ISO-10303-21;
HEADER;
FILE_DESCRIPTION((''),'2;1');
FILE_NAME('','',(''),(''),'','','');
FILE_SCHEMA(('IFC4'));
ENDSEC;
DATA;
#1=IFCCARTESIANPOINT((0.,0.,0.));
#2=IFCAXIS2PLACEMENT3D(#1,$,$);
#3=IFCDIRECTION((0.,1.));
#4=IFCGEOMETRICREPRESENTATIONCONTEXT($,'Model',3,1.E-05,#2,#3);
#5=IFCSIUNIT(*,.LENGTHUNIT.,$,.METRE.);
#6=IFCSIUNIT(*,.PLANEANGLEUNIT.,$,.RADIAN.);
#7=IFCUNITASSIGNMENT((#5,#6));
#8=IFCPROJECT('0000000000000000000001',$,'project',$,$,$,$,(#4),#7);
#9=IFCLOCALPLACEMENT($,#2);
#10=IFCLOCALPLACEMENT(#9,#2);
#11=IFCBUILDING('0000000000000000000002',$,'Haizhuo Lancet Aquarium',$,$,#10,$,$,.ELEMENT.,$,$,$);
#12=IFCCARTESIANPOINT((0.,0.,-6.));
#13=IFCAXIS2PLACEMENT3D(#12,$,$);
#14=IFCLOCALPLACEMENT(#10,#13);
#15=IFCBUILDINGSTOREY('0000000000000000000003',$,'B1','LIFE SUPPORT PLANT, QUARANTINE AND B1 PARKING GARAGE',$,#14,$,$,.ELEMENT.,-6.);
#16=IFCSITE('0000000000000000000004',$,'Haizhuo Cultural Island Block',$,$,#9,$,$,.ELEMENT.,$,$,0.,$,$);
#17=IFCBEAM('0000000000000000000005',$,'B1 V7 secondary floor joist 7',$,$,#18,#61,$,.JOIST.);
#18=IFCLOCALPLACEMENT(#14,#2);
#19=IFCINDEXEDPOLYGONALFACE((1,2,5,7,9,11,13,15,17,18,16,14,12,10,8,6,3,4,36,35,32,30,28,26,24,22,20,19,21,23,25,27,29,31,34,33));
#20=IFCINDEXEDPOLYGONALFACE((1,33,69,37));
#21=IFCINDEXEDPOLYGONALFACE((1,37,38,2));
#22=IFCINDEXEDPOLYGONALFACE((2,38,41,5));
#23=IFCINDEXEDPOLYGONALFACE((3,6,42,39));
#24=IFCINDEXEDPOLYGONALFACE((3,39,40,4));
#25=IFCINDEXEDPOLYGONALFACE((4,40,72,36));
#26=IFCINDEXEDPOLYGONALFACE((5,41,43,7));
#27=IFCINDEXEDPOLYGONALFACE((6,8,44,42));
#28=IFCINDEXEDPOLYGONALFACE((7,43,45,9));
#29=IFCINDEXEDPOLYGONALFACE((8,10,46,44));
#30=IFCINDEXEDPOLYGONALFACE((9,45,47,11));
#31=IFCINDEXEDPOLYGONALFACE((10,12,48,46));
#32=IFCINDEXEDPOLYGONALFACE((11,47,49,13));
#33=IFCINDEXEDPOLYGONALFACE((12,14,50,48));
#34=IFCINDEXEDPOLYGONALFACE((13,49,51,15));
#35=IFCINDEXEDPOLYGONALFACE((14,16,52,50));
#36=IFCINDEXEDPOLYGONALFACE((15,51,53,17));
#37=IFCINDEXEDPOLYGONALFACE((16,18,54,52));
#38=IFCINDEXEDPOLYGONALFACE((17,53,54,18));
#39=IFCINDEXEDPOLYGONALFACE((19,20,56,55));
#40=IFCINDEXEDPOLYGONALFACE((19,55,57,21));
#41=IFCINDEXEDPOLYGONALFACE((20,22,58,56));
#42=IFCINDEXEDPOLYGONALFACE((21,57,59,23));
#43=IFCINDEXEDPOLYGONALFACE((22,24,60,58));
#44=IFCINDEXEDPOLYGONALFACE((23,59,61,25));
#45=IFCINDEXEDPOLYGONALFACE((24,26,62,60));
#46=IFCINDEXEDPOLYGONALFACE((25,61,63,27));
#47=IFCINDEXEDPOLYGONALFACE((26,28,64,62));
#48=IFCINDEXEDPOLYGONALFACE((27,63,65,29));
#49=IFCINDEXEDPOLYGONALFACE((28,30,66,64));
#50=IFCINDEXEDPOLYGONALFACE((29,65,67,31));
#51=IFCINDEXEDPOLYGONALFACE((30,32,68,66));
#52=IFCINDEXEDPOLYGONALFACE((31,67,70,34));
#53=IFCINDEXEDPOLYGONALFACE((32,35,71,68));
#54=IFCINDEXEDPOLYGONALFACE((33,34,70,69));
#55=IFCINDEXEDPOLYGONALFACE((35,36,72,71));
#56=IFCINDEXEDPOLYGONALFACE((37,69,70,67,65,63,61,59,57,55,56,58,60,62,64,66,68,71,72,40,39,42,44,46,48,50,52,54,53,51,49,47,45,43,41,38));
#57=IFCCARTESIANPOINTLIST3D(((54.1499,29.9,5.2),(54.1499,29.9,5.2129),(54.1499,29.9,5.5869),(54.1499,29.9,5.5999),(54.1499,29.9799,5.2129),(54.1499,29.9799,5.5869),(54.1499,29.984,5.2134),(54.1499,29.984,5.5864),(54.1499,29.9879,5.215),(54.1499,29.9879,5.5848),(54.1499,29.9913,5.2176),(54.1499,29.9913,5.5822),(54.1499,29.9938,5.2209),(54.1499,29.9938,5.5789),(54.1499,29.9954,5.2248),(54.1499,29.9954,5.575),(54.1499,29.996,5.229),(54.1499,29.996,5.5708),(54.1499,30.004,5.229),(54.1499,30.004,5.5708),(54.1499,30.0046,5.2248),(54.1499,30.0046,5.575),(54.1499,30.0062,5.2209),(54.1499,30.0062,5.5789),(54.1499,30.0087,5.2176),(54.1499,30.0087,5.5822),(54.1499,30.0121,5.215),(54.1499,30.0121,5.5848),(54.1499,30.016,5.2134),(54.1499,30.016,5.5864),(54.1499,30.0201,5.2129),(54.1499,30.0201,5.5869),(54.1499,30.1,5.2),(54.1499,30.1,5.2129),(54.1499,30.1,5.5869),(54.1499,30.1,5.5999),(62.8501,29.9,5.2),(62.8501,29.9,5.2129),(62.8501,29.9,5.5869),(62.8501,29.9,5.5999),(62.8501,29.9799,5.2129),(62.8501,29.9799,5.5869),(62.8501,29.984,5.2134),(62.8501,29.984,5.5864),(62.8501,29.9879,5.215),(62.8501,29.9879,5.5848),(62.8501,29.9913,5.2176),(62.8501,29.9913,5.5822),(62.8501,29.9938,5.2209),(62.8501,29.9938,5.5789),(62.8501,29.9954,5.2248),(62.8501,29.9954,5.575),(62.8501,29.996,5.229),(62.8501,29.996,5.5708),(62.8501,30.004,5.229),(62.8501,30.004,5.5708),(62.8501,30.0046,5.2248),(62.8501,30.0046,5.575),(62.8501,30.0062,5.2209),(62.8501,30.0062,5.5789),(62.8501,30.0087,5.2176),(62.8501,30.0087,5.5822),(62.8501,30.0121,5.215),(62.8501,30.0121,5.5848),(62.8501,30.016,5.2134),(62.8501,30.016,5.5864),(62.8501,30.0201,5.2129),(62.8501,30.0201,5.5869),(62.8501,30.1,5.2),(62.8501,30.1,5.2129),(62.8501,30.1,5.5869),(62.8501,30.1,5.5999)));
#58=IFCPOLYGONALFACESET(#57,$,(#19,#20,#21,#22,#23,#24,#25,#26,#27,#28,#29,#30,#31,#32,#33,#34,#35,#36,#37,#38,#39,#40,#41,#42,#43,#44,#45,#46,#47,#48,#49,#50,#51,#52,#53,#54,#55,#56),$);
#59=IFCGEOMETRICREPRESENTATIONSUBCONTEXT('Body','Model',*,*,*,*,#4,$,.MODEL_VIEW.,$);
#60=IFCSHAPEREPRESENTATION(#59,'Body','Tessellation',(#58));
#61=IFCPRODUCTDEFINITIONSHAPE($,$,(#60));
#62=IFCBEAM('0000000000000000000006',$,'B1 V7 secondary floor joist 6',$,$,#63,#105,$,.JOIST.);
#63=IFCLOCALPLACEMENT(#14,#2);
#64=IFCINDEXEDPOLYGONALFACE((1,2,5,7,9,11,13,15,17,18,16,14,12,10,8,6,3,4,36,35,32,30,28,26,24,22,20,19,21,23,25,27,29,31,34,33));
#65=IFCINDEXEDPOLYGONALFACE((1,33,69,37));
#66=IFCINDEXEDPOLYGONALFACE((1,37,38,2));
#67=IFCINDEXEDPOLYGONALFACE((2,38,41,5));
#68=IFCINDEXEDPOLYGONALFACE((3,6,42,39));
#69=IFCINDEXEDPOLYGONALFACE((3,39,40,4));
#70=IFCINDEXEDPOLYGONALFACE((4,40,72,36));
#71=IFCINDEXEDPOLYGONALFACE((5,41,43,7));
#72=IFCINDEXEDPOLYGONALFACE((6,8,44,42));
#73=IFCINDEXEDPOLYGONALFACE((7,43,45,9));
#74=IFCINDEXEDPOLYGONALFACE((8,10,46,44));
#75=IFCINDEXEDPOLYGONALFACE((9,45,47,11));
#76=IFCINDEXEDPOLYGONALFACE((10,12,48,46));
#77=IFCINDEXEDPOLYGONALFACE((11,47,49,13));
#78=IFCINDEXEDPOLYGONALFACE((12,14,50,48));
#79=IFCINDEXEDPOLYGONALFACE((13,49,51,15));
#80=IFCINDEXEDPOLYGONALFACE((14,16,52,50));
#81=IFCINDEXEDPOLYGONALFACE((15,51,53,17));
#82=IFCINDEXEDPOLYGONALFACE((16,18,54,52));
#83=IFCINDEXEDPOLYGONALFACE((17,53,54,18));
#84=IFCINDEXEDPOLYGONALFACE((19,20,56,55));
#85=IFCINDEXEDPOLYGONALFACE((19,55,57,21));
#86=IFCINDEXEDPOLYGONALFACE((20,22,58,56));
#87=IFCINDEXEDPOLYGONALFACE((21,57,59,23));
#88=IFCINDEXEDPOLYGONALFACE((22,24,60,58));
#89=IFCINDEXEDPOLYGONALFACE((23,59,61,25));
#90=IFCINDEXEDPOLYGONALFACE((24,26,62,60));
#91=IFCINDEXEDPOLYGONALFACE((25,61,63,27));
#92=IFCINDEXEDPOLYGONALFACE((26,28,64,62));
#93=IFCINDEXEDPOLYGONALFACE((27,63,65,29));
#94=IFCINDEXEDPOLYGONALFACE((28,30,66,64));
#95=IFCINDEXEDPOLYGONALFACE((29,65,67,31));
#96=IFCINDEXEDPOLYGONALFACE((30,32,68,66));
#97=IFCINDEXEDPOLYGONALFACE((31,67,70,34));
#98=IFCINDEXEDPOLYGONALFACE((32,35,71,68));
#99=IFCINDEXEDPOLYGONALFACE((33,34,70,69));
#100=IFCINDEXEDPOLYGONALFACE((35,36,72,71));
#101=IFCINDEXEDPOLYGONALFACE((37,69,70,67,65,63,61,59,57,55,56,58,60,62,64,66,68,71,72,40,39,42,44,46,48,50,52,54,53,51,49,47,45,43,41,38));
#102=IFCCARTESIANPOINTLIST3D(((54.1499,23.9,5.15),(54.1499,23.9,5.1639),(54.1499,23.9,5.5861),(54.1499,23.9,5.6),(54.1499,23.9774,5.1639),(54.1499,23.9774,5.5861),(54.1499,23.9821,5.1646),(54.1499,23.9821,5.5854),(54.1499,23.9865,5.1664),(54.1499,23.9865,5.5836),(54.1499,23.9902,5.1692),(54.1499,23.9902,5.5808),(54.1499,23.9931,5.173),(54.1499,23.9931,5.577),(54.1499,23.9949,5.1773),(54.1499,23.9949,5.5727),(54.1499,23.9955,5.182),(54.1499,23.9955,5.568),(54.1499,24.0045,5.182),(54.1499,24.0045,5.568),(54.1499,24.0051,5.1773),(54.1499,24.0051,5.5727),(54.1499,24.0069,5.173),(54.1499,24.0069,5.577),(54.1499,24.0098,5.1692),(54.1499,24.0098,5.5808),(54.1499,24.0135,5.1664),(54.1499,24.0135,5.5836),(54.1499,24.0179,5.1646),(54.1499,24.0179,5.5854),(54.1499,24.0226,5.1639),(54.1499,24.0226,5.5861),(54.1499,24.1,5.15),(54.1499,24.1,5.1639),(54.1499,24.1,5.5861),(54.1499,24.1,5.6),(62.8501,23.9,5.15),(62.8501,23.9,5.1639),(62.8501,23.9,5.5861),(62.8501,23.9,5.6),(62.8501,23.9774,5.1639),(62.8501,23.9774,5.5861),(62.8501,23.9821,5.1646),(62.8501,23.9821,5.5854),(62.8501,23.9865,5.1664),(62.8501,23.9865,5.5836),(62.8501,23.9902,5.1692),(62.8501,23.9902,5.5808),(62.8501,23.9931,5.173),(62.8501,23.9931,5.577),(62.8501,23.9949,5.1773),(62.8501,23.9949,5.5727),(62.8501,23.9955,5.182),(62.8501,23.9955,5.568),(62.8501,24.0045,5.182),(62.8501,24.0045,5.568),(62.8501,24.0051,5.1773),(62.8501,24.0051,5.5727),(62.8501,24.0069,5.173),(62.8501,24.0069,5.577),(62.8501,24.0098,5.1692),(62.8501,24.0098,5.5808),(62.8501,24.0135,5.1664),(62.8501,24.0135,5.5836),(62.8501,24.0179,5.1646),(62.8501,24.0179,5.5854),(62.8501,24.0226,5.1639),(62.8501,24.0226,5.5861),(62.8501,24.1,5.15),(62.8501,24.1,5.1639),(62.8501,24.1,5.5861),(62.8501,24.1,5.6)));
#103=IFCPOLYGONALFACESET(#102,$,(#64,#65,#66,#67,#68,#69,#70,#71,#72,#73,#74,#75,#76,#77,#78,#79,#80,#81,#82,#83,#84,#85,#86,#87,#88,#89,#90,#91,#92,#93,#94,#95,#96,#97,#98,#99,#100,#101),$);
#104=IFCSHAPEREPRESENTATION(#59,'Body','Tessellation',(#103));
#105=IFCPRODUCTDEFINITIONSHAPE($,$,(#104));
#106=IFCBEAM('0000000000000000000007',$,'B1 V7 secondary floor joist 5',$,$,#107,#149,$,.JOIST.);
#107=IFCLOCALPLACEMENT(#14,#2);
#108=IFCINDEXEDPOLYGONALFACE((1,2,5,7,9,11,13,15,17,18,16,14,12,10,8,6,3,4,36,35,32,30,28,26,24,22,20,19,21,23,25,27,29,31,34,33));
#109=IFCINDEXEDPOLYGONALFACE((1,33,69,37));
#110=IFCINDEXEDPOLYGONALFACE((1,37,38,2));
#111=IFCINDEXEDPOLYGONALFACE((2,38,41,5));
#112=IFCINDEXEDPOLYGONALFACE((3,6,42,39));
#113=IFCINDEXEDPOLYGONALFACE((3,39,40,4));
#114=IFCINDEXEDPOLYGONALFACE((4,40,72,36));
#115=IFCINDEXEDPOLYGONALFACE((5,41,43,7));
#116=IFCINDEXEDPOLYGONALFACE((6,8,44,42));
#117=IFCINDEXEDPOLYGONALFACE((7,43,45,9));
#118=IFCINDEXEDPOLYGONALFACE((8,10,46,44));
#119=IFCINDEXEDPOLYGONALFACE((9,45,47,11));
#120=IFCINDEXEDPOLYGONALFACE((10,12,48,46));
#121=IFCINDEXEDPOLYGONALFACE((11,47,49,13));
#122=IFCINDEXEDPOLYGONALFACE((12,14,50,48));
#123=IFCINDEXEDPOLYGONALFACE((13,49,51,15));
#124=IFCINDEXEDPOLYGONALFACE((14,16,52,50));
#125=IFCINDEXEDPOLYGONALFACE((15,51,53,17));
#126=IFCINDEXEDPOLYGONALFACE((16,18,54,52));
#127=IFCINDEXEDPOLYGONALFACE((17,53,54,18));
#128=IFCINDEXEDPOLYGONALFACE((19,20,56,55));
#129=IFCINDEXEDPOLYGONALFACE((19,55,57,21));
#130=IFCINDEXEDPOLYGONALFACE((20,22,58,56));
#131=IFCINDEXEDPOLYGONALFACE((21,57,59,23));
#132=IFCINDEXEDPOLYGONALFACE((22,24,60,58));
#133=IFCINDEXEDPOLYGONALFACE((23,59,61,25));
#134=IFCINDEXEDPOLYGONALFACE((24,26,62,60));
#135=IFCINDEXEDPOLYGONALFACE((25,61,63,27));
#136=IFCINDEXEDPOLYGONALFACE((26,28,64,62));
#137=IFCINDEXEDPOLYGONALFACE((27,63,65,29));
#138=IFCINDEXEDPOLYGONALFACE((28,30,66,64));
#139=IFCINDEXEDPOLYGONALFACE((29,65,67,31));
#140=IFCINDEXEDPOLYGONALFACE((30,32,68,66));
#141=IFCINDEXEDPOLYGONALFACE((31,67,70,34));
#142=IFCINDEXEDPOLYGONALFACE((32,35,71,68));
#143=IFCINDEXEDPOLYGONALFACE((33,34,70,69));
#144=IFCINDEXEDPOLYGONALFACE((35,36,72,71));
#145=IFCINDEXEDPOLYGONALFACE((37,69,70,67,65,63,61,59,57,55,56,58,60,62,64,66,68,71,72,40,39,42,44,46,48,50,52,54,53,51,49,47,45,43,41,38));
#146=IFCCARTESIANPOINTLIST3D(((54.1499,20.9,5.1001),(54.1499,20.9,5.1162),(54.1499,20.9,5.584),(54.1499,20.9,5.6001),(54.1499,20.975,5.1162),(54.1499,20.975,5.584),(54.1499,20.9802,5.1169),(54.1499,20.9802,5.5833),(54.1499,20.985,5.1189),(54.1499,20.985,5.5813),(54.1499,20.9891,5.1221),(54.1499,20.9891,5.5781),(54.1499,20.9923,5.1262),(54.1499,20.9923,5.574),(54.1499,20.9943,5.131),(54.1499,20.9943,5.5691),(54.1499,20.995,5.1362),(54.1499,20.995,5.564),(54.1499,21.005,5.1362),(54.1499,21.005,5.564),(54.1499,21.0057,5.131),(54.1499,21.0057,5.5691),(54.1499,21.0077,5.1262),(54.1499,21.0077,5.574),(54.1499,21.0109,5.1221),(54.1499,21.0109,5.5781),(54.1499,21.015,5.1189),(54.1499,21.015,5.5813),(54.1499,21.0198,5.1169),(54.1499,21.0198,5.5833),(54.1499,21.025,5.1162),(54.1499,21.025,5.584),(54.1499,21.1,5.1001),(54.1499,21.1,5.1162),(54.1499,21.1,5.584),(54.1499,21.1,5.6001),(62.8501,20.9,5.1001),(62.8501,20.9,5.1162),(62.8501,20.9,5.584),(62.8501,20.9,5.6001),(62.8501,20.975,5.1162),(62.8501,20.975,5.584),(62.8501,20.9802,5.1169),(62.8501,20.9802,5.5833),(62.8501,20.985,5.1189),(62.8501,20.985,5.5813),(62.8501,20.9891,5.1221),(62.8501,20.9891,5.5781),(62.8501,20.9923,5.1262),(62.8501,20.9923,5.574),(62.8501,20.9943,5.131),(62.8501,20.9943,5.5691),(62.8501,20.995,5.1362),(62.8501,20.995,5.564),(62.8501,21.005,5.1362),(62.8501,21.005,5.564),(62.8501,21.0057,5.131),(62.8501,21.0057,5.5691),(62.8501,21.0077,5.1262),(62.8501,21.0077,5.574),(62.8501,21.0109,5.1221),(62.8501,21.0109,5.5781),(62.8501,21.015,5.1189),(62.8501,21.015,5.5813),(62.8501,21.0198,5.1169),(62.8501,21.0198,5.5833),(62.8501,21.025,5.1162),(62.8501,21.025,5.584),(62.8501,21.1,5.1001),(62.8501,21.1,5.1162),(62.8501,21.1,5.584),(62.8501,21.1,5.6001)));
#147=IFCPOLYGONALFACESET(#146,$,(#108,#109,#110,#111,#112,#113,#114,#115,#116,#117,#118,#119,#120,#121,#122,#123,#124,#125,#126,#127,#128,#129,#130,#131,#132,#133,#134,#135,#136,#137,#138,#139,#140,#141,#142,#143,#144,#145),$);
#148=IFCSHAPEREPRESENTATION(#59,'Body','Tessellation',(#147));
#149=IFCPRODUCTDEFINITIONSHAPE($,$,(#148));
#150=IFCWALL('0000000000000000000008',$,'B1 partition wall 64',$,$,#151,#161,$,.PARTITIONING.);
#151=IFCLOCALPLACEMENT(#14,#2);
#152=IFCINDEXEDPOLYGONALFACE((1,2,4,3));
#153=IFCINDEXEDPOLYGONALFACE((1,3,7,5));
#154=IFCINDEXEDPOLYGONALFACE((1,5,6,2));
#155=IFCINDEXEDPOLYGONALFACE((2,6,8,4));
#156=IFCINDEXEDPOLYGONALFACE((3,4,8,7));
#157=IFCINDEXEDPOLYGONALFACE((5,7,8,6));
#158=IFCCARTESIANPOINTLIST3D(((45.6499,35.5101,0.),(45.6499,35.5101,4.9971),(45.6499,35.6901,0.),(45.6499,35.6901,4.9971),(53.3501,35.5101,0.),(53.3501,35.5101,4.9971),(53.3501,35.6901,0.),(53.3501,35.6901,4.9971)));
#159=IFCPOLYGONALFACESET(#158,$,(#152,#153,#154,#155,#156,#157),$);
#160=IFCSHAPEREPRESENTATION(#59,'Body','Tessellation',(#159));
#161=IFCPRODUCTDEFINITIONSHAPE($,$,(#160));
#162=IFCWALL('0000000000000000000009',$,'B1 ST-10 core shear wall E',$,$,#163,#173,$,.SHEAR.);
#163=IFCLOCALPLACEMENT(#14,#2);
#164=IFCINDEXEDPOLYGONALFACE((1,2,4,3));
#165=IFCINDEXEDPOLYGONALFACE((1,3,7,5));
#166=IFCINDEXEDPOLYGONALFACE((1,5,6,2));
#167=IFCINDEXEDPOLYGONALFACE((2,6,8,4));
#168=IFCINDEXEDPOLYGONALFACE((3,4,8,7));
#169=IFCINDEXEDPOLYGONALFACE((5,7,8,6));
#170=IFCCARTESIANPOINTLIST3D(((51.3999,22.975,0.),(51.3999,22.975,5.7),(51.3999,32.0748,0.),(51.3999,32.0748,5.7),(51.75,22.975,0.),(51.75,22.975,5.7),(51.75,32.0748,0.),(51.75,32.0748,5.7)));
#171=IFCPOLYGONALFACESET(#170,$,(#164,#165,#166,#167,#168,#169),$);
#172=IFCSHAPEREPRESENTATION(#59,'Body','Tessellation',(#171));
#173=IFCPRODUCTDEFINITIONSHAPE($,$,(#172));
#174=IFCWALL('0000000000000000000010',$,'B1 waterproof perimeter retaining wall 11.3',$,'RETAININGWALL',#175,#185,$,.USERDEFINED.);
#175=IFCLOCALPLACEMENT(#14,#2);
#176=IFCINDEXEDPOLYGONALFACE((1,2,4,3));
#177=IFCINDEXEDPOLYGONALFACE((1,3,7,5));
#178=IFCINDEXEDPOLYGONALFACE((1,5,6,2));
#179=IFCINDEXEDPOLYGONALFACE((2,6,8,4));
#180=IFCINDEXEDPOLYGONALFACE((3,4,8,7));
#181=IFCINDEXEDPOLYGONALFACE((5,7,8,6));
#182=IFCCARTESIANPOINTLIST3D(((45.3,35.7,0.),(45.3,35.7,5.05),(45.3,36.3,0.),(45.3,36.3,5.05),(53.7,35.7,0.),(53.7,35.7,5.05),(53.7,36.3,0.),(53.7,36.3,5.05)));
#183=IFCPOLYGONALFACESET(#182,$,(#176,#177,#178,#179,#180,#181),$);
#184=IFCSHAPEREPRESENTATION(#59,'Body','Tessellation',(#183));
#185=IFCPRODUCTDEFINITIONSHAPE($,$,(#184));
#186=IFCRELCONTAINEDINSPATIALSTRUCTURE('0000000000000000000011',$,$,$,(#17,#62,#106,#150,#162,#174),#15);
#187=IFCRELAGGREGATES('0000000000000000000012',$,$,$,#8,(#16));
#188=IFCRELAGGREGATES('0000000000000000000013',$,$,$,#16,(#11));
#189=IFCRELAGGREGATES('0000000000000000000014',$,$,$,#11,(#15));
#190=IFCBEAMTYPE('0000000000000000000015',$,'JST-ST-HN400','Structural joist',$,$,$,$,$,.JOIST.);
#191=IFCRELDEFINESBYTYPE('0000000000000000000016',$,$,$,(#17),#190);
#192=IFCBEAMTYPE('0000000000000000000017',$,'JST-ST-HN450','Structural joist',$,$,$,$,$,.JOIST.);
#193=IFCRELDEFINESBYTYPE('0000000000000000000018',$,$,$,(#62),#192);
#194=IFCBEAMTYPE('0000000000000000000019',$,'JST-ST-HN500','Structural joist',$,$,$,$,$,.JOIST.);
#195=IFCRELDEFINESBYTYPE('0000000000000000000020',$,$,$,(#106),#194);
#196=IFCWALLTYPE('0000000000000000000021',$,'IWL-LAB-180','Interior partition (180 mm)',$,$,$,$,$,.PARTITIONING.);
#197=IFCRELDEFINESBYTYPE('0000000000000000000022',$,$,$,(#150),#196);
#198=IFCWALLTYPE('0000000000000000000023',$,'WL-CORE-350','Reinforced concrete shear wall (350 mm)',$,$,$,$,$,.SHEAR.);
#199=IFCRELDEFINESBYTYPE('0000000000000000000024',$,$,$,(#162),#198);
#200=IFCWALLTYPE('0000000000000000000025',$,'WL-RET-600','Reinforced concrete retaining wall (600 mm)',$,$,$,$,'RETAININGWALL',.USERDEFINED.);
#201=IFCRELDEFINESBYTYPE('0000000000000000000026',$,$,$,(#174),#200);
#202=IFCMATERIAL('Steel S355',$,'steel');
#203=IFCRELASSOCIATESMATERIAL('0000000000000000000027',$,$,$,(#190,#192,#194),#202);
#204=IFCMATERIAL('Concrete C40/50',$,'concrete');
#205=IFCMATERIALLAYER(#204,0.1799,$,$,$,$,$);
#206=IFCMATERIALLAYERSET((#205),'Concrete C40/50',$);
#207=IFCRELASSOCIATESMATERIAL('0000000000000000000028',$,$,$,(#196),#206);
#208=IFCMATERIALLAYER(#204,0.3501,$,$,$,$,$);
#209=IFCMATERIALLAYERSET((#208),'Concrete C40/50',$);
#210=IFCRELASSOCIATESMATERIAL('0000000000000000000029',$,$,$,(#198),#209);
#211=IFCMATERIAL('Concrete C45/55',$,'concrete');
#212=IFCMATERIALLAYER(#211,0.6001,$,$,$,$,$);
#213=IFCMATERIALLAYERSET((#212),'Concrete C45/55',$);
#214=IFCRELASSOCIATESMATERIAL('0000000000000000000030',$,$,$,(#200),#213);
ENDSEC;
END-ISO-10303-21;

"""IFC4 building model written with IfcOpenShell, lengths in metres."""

from ifc_helpers import new_model, si_unit, direction, frame, frame_2d, origin, origin_2d, place, context, subcontext, project, spatial, rectangle, i_section, extrude, material, layer, layer_set, material_profile, profile_set, type_object, element, save


model = new_model("IFC4")

# Units and contexts
model_context = context("Model", 3, precision=1e-05, world=origin(), true_north=direction((0.0, 1.0)))
body_context = subcontext(model_context, "Body", "Model", "MODEL_VIEW")
ifc_project = project(units=[si_unit("LENGTHUNIT", "METRE"), si_unit("PLANEANGLEUNIT", "RADIAN")], contexts=[model_context])

# Site, building, storey
site_placement = place(None, origin())
site = spatial("IfcSite", under=ifc_project, at=site_placement, Name="Haizhuo Cultural Island Block", CompositionType="ELEMENT", RefElevation=0.0)
building_placement = place(site_placement, origin())
building = spatial("IfcBuilding", under=site, at=building_placement, Name="Haizhuo Lancet Aquarium", CompositionType="ELEMENT")
storey_placement = place(building_placement, frame((0.0, 0.0, -6.0)))
storey = spatial("IfcBuildingStorey", under=building, at=storey_placement, Name="B1", Description="LIFE SUPPORT PLANT, QUARANTINE AND B1 PARKING GARAGE", CompositionType="ELEMENT", Elevation=-6.0)

# Shared definitions
ifc_material_1 = material(Name="Concrete C40/50", Category="concrete")

# Shared definitions
ifc_material_2 = material(Name="Steel S355", Category="steel")

# Beams
ifc_material_profile_1 = material_profile(ifc_material_2, i_section(OverallWidth=0.2, OverallDepth=0.3999, WebThickness=0.0081, FlangeThickness=0.0129, FilletRadius=0.0161, at=origin_2d()), Name="HN 400x200x8x13")
ifc_profile_set_1 = profile_set([ifc_material_profile_1], Name="Steel S355")
beam_type_1 = type_object("IfcBeamType", Name="JST-ST-HN400", Description="Structural joist", PredefinedType="JOIST", material=ifc_profile_set_1)
beam_1_placement = place(storey_placement, frame((54.1499, 30.0, 5.3999), z_axis=(1.0, 0.0, 0.0), x_axis=(0.0, 1.0, 0.0)))
element("IfcBeam", 1, at=beam_1_placement, inside=storey, type_object=beam_type_1, Name="B1 V7 secondary floor joist 7", PredefinedType="JOIST", context=body_context, shape_type="SweptSolid", body=[
    extrude(i_section(OverallWidth=0.2, OverallDepth=0.3999, WebThickness=0.0081, FlangeThickness=0.0129, FilletRadius=0.0161, at=origin_2d()), origin(), (0.0, 0.0, 1.0), 8.7002),
])
ifc_material_profile_2 = material_profile(ifc_material_2, i_section(OverallWidth=0.2, OverallDepth=0.45, WebThickness=0.009, FlangeThickness=0.0139, FilletRadius=0.0181, at=origin_2d()), Name="HN 450x200x9x14")
ifc_profile_set_2 = profile_set([ifc_material_profile_2], Name="Steel S355")
beam_type_2 = type_object("IfcBeamType", Name="JST-ST-HN450", Description="Structural joist", PredefinedType="JOIST", material=ifc_profile_set_2)
beam_2_placement = place(storey_placement, frame((54.1499, 24.0, 5.375), z_axis=(1.0, 0.0, 0.0), x_axis=(0.0, 1.0, 0.0)))
element("IfcBeam", 2, at=beam_2_placement, inside=storey, type_object=beam_type_2, Name="B1 V7 secondary floor joist 6", PredefinedType="JOIST", context=body_context, shape_type="SweptSolid", body=[
    extrude(i_section(OverallWidth=0.2, OverallDepth=0.45, WebThickness=0.009, FlangeThickness=0.0139, FilletRadius=0.0181, at=origin_2d()), origin(), (0.0, 0.0, 1.0), 8.7002),
])
ifc_material_profile_3 = material_profile(ifc_material_2, i_section(OverallWidth=0.2, OverallDepth=0.5, WebThickness=0.01, FlangeThickness=0.0161, FilletRadius=0.02, at=origin_2d()), Name="HN 500x200x10x16")
ifc_profile_set_3 = profile_set([ifc_material_profile_3], Name="Steel S355")
beam_type_3 = type_object("IfcBeamType", Name="JST-ST-HN500", Description="Structural joist", PredefinedType="JOIST", material=ifc_profile_set_3)
beam_3_placement = place(storey_placement, frame((54.1499, 21.0, 5.3501), z_axis=(1.0, 0.0, 0.0), x_axis=(0.0, 1.0, 0.0)))
element("IfcBeam", 3, at=beam_3_placement, inside=storey, type_object=beam_type_3, Name="B1 V7 secondary floor joist 5", PredefinedType="JOIST", context=body_context, shape_type="SweptSolid", body=[
    extrude(i_section(OverallWidth=0.2, OverallDepth=0.5, WebThickness=0.01, FlangeThickness=0.0161, FilletRadius=0.02, at=origin_2d()), origin(), (0.0, 0.0, 1.0), 8.7002),
])

# Walls
ifc_layer_1 = layer(ifc_material_1, 0.1799)
ifc_layer_set_1 = layer_set([ifc_layer_1], Name="Concrete C40/50")
wall_type_1 = type_object("IfcWallType", Name="IWL-LAB-180", Description="Interior partition (180 mm)", PredefinedType="PARTITIONING", material=ifc_layer_set_1)
wall_1_placement = place(storey_placement, frame((53.3501, 35.6001, 0.0), z_axis=(0.0, 0.0, 1.0), x_axis=(-1.0, 0.0, 0.0)))
element("IfcWall", 4, at=wall_1_placement, inside=storey, type_object=wall_type_1, Name="B1 partition wall 64", PredefinedType="PARTITIONING", context=body_context, shape_type="SweptSolid", body=[
    extrude(rectangle(XDim=7.7002, YDim=0.1799, at=frame_2d((3.8501, 0.0))), origin(), (0.0, 0.0, 1.0), 4.9971),
])
ifc_layer_2 = layer(ifc_material_1, 0.3501)
ifc_layer_set_2 = layer_set([ifc_layer_2], Name="Concrete C40/50")
wall_type_2 = type_object("IfcWallType", Name="WL-CORE-350", Description="Reinforced concrete shear wall (350 mm)", PredefinedType="SHEAR", material=ifc_layer_set_2)
wall_2_placement = place(storey_placement, frame((51.575, 22.9751, 0.0), z_axis=(0.0, 0.0, 1.0), x_axis=(0.0, 1.0, 0.0)))
element("IfcWall", 5, at=wall_2_placement, inside=storey, type_object=wall_type_2, Name="B1 ST-10 core shear wall E", PredefinedType="SHEAR", context=body_context, shape_type="SweptSolid", body=[
    extrude(rectangle(XDim=9.0999, YDim=0.3501, at=frame_2d((4.5498, 0.0))), origin(), (0.0, 0.0, 1.0), 5.7),
])
ifc_material_3 = material(Name="Concrete C45/55", Category="concrete")
ifc_layer_3 = layer(ifc_material_3, 0.6001)
ifc_layer_set_3 = layer_set([ifc_layer_3], Name="Concrete C45/55")
wall_type_3 = type_object("IfcWallType", Name="WL-RET-600", Description="Reinforced concrete retaining wall (600 mm)", ElementType="RETAININGWALL", PredefinedType="USERDEFINED", material=ifc_layer_set_3)
wall_3_placement = place(storey_placement, frame((53.7, 36.0, 0.0), z_axis=(0.0, 0.0, 1.0), x_axis=(-1.0, 0.0, 0.0)))
element("IfcWall", 6, at=wall_3_placement, inside=storey, type_object=wall_type_3, Name="B1 waterproof perimeter retaining wall 11.3", ObjectType="RETAININGWALL", PredefinedType="USERDEFINED", context=body_context, shape_type="SweptSolid", body=[
    extrude(rectangle(XDim=8.3999, YDim=0.6001, at=frame_2d((4.2, 0.0))), origin(), (0.0, 0.0, 1.0), 5.05),
])

save(model, "model.ifc")
